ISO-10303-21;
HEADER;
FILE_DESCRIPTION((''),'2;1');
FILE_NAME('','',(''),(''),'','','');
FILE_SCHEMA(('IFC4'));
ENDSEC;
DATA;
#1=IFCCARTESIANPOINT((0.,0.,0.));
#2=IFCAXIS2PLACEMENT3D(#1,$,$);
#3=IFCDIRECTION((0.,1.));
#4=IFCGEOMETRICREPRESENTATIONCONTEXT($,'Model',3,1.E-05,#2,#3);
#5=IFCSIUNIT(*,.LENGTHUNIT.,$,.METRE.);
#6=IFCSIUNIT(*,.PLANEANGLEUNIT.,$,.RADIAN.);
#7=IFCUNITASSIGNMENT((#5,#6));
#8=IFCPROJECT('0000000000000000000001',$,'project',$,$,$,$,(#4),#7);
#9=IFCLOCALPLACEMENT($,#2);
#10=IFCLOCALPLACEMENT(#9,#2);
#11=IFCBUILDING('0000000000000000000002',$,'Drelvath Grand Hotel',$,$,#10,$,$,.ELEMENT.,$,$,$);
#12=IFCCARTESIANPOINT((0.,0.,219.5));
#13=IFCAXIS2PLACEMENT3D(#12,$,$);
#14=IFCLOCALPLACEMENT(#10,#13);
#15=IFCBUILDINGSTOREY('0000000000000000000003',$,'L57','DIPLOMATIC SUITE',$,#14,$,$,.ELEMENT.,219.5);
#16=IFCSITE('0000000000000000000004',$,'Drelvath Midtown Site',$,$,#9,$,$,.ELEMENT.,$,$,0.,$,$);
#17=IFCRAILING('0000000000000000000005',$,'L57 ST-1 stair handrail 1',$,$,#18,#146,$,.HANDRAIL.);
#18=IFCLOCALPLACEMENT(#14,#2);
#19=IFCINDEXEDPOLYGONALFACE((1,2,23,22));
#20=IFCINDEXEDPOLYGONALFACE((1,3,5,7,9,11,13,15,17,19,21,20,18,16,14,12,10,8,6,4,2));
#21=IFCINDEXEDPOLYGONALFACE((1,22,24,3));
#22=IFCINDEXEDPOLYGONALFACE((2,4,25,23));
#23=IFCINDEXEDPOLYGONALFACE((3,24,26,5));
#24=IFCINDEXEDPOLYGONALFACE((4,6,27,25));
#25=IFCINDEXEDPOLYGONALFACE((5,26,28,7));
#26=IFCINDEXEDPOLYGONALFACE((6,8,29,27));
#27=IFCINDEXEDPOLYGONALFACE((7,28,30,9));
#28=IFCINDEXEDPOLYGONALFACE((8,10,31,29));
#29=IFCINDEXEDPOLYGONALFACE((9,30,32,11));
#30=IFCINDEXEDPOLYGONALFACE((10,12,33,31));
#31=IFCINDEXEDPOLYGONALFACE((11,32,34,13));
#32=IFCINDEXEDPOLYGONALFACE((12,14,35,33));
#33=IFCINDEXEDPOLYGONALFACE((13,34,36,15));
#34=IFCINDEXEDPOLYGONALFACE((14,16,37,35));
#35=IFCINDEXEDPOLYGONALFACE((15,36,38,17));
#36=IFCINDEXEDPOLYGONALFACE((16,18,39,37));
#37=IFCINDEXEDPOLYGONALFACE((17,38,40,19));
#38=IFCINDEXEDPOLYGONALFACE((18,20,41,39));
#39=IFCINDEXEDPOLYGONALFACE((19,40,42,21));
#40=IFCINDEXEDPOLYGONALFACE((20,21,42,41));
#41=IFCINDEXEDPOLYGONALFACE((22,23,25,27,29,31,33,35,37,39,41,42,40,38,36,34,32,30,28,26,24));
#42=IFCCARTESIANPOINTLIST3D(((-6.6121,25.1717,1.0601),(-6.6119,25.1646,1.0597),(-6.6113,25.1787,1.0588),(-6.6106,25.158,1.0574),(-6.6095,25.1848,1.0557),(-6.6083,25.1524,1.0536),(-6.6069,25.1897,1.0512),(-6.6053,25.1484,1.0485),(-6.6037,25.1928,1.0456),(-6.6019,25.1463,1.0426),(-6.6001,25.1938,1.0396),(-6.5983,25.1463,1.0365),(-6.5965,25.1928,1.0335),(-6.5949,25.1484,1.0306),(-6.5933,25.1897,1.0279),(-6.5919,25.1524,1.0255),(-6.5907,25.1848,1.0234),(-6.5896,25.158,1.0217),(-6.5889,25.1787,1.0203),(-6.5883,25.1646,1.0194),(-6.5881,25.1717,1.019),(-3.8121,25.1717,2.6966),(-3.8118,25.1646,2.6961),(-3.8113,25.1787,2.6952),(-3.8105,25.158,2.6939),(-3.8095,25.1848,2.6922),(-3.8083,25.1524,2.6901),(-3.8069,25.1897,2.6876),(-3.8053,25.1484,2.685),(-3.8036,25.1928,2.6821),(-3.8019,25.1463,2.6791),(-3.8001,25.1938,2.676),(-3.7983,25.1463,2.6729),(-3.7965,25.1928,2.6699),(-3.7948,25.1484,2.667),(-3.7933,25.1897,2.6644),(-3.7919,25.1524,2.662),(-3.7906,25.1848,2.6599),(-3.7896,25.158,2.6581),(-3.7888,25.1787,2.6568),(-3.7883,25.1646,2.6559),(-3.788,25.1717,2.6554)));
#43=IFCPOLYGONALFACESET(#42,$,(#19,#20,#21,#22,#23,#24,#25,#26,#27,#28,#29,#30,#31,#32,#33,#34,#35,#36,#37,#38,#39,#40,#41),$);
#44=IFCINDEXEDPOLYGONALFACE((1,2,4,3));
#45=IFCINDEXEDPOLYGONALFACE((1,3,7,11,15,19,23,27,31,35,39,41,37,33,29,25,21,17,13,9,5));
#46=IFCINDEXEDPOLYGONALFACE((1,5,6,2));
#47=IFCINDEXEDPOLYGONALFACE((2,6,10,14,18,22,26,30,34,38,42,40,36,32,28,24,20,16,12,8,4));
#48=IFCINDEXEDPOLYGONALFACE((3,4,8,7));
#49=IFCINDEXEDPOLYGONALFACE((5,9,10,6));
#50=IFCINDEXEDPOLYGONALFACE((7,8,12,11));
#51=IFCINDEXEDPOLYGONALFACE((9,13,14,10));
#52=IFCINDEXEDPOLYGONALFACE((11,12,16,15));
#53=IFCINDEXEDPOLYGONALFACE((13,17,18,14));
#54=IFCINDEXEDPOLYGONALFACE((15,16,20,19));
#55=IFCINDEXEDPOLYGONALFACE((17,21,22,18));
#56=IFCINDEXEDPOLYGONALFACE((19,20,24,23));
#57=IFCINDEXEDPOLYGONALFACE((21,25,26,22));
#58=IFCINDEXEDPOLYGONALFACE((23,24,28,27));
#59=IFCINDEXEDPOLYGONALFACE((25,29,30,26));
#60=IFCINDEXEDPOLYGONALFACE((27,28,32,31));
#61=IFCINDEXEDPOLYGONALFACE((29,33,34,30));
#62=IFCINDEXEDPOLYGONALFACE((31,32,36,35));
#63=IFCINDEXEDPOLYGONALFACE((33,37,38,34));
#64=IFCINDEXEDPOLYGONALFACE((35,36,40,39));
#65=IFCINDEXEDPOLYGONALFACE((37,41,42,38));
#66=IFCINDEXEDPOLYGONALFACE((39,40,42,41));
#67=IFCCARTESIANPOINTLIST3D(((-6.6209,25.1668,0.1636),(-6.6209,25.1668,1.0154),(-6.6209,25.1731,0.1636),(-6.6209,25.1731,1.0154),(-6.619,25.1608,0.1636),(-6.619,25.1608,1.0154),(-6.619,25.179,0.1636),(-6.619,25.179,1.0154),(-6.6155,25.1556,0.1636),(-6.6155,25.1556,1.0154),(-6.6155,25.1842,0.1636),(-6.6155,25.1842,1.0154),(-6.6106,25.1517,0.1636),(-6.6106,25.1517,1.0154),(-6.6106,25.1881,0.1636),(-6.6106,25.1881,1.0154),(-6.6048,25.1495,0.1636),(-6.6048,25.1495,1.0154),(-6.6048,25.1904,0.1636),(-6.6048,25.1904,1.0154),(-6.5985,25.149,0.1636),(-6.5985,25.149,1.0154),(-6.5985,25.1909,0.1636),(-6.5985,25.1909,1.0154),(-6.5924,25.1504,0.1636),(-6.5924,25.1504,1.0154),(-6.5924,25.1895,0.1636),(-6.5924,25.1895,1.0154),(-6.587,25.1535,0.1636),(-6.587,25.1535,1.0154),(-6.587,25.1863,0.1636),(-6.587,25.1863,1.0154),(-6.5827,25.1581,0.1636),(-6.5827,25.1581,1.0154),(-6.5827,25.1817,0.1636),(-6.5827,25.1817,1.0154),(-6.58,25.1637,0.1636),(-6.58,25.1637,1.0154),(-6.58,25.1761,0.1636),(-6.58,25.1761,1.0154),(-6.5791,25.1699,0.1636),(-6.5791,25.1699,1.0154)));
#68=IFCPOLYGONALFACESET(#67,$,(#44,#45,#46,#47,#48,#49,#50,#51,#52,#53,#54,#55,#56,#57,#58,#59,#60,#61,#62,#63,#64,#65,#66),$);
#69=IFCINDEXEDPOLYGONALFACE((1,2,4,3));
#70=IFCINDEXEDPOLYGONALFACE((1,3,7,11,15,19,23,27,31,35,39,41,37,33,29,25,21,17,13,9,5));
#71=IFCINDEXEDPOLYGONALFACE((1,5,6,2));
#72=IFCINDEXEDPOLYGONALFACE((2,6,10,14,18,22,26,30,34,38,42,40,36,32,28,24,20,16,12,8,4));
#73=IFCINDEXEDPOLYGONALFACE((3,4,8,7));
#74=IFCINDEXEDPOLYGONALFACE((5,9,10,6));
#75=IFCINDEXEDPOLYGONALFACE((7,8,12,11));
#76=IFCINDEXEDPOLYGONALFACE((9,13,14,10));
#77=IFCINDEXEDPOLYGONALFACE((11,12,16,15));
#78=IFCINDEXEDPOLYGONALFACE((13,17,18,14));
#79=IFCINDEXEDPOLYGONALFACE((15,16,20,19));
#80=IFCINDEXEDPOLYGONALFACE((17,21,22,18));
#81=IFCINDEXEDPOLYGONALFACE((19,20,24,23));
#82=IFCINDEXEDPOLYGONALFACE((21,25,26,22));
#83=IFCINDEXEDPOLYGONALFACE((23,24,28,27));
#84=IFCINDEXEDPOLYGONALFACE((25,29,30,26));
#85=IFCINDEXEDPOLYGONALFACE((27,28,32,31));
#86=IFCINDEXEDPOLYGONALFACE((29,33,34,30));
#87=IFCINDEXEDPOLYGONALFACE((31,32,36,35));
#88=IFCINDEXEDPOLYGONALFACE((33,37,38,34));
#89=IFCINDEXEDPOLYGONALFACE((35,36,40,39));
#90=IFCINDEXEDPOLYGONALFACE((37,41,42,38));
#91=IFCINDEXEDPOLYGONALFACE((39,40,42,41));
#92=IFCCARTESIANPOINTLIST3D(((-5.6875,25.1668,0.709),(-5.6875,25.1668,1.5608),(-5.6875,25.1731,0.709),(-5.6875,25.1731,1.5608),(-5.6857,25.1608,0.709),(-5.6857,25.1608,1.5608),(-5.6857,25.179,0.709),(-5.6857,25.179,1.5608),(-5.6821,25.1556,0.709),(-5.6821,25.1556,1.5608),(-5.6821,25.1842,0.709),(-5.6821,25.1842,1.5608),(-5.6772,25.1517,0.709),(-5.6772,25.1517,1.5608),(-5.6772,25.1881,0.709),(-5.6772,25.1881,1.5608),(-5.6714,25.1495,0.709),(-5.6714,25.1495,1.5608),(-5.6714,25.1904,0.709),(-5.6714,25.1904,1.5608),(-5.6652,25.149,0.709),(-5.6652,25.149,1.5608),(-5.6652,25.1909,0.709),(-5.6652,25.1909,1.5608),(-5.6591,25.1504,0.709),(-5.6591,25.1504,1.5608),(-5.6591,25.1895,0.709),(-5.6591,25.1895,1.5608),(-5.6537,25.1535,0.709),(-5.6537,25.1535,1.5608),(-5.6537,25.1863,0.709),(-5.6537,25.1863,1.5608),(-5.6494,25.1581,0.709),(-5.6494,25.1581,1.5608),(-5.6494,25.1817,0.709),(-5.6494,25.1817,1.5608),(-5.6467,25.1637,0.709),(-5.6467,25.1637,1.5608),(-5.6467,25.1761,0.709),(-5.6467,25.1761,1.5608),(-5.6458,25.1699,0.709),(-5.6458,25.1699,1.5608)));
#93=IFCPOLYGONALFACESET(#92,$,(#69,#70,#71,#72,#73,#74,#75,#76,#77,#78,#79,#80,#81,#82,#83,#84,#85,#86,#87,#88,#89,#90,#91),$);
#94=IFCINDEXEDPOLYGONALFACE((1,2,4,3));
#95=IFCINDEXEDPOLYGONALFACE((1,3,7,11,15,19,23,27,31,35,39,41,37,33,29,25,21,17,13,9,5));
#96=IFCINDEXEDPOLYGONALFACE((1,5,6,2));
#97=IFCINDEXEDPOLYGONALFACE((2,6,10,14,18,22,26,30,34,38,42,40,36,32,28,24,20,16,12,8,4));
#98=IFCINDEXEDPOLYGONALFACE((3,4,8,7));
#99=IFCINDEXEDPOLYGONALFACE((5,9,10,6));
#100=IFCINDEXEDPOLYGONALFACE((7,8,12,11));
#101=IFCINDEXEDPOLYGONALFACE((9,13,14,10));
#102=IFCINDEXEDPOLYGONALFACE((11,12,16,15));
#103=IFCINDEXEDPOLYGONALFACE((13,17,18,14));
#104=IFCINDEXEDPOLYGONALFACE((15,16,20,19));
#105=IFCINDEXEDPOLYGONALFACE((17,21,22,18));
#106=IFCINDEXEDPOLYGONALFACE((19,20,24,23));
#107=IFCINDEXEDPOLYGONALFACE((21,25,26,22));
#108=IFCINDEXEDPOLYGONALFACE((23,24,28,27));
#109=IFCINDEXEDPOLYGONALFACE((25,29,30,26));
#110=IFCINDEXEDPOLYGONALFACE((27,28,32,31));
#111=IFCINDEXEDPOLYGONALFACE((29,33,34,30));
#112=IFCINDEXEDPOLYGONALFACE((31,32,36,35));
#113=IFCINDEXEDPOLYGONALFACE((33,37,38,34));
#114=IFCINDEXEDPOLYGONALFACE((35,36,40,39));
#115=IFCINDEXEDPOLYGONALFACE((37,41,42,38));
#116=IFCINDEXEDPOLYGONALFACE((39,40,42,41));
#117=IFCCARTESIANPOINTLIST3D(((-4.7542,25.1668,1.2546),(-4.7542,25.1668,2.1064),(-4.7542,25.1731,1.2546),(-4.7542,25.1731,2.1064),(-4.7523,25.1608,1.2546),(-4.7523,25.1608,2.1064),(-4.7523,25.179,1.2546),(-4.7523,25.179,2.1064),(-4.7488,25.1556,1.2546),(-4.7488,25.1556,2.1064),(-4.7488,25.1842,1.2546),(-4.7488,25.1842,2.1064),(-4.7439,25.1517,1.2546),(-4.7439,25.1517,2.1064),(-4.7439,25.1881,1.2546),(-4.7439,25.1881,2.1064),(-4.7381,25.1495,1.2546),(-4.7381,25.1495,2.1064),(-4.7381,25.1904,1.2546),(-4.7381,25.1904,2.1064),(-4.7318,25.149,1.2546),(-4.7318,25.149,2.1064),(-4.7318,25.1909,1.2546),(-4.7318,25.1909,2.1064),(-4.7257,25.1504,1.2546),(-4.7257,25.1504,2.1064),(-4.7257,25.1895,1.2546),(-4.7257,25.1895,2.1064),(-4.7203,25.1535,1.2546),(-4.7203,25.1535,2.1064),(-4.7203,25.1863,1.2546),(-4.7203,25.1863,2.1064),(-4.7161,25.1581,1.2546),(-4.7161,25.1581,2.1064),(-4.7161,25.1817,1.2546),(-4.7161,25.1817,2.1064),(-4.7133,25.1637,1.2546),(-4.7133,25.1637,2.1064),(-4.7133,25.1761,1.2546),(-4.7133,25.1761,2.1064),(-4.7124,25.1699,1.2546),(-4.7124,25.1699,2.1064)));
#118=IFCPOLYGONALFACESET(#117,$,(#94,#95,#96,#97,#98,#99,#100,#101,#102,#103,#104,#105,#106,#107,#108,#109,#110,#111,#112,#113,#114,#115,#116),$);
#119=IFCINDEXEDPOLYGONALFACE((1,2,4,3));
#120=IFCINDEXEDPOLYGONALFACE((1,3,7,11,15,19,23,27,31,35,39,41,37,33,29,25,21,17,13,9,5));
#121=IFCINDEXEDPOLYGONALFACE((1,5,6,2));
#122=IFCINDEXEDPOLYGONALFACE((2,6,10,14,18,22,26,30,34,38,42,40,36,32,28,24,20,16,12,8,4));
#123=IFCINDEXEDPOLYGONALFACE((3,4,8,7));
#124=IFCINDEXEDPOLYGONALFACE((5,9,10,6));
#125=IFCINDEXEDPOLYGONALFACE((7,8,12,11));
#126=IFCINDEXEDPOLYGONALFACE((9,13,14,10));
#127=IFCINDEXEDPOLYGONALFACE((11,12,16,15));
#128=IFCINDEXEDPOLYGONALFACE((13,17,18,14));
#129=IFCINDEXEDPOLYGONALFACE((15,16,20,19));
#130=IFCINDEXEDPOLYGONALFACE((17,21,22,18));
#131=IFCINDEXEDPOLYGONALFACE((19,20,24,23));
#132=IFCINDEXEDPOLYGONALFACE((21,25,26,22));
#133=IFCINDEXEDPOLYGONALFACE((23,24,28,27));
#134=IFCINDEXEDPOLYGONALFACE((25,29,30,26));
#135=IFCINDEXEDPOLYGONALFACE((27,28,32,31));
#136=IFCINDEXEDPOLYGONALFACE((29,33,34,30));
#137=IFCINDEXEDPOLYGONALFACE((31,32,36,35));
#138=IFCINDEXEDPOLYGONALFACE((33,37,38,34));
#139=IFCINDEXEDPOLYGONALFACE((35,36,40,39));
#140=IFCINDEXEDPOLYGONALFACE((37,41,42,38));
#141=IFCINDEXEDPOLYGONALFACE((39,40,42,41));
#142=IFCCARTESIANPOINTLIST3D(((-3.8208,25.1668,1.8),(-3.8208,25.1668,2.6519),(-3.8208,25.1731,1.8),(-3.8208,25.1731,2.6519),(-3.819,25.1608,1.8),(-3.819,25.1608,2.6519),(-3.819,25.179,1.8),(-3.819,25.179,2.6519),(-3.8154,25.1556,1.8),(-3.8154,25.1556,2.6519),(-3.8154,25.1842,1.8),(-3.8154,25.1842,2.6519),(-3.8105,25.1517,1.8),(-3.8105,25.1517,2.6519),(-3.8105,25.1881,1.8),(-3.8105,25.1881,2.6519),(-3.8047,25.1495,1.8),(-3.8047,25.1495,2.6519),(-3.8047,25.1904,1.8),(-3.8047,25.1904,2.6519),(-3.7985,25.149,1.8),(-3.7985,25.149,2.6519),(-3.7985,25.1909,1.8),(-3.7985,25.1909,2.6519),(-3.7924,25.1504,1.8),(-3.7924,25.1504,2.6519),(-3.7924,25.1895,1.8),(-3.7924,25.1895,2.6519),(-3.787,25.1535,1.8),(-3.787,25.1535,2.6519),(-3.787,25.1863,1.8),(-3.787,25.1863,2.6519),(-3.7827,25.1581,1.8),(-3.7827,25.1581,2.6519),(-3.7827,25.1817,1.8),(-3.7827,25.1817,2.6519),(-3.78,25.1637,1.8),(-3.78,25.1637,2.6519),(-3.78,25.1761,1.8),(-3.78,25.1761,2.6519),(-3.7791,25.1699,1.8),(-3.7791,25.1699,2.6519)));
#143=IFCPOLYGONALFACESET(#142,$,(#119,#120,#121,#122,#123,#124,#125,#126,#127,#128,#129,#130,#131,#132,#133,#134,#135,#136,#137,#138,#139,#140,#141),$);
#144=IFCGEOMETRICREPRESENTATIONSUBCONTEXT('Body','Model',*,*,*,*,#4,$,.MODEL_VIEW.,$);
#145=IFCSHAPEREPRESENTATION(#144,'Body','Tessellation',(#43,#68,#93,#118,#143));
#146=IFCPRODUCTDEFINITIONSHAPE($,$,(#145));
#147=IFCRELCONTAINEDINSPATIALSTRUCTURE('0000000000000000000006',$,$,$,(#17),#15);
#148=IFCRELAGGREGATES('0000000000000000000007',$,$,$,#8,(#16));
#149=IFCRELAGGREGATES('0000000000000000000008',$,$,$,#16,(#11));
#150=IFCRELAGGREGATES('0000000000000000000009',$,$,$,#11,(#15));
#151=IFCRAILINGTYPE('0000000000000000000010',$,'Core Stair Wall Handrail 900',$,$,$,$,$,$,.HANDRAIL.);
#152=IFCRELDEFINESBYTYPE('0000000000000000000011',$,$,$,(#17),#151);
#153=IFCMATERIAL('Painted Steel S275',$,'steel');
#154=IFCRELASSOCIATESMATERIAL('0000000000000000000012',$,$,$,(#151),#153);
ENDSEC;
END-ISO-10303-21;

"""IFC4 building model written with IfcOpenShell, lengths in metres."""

from ifc_helpers import new_model, si_unit, direction, frame, origin, origin_2d, place, context, subcontext, project, spatial, circle, extrude, material, type_object, element, save


model = new_model("IFC4")

# Units and contexts
model_context = context("Model", 3, precision=1e-05, world=origin(), true_north=direction((0.0, 1.0)))
body_context = subcontext(model_context, "Body", "Model", "MODEL_VIEW")
ifc_project = project(units=[si_unit("LENGTHUNIT", "METRE"), si_unit("PLANEANGLEUNIT", "RADIAN")], contexts=[model_context])

# Site, building, storey
site_placement = place(None, origin())
site = spatial("IfcSite", under=ifc_project, at=site_placement, Name="Drelvath Midtown Site", CompositionType="ELEMENT", RefElevation=0.0)
building_placement = place(site_placement, origin())
building = spatial("IfcBuilding", under=site, at=building_placement, Name="Drelvath Grand Hotel", CompositionType="ELEMENT")
storey_placement = place(building_placement, frame((0.0, 0.0, 219.5)))
storey = spatial("IfcBuildingStorey", under=building, at=storey_placement, Name="L57", Description="DIPLOMATIC SUITE", CompositionType="ELEMENT", Elevation=219.5)

# Shared definitions
ifc_material_1 = material(Name="Painted Steel S275", Category="steel")

# Railing
railing_type_1 = type_object("IfcRailingType", Name="Core Stair Wall Handrail 900", PredefinedType="HANDRAIL", material=ifc_material_1)
railing_1_placement = place(storey_placement, frame((-6.6001, 25.1699, 0.1636)))
element("IfcRailing", 1, at=railing_1_placement, inside=storey, type_object=railing_type_1, Name="L57 ST-1 stair handrail 1", PredefinedType="HANDRAIL", context=body_context, shape_type="SweptSolid", body=[
    extrude(circle(Radius=0.0239, at=origin_2d()), frame((0.0, 0.0, 0.876), z_axis=(0.863361, 0.0, 0.504587), x_axis=(0.0, 1.0, 0.0)), (0.0, 0.0, 1.0), 3.2432),
    extrude(circle(Radius=0.021, at=origin_2d()), origin(), (0.0, 0.0, 1.0), 0.8518),
    extrude(circle(Radius=0.021, at=origin_2d()), frame((0.9333, 0.0, 0.5454)), (0.0, 0.0, 1.0), 0.8518),
    extrude(circle(Radius=0.021, at=origin_2d()), frame((1.8667, 0.0, 1.0911)), (0.0, 0.0, 1.0), 0.8518),
    extrude(circle(Radius=0.021, at=origin_2d()), frame((2.8, 0.0, 1.6365)), (0.0, 0.0, 1.0), 0.8518),
])

save(model, "model.ifc")
